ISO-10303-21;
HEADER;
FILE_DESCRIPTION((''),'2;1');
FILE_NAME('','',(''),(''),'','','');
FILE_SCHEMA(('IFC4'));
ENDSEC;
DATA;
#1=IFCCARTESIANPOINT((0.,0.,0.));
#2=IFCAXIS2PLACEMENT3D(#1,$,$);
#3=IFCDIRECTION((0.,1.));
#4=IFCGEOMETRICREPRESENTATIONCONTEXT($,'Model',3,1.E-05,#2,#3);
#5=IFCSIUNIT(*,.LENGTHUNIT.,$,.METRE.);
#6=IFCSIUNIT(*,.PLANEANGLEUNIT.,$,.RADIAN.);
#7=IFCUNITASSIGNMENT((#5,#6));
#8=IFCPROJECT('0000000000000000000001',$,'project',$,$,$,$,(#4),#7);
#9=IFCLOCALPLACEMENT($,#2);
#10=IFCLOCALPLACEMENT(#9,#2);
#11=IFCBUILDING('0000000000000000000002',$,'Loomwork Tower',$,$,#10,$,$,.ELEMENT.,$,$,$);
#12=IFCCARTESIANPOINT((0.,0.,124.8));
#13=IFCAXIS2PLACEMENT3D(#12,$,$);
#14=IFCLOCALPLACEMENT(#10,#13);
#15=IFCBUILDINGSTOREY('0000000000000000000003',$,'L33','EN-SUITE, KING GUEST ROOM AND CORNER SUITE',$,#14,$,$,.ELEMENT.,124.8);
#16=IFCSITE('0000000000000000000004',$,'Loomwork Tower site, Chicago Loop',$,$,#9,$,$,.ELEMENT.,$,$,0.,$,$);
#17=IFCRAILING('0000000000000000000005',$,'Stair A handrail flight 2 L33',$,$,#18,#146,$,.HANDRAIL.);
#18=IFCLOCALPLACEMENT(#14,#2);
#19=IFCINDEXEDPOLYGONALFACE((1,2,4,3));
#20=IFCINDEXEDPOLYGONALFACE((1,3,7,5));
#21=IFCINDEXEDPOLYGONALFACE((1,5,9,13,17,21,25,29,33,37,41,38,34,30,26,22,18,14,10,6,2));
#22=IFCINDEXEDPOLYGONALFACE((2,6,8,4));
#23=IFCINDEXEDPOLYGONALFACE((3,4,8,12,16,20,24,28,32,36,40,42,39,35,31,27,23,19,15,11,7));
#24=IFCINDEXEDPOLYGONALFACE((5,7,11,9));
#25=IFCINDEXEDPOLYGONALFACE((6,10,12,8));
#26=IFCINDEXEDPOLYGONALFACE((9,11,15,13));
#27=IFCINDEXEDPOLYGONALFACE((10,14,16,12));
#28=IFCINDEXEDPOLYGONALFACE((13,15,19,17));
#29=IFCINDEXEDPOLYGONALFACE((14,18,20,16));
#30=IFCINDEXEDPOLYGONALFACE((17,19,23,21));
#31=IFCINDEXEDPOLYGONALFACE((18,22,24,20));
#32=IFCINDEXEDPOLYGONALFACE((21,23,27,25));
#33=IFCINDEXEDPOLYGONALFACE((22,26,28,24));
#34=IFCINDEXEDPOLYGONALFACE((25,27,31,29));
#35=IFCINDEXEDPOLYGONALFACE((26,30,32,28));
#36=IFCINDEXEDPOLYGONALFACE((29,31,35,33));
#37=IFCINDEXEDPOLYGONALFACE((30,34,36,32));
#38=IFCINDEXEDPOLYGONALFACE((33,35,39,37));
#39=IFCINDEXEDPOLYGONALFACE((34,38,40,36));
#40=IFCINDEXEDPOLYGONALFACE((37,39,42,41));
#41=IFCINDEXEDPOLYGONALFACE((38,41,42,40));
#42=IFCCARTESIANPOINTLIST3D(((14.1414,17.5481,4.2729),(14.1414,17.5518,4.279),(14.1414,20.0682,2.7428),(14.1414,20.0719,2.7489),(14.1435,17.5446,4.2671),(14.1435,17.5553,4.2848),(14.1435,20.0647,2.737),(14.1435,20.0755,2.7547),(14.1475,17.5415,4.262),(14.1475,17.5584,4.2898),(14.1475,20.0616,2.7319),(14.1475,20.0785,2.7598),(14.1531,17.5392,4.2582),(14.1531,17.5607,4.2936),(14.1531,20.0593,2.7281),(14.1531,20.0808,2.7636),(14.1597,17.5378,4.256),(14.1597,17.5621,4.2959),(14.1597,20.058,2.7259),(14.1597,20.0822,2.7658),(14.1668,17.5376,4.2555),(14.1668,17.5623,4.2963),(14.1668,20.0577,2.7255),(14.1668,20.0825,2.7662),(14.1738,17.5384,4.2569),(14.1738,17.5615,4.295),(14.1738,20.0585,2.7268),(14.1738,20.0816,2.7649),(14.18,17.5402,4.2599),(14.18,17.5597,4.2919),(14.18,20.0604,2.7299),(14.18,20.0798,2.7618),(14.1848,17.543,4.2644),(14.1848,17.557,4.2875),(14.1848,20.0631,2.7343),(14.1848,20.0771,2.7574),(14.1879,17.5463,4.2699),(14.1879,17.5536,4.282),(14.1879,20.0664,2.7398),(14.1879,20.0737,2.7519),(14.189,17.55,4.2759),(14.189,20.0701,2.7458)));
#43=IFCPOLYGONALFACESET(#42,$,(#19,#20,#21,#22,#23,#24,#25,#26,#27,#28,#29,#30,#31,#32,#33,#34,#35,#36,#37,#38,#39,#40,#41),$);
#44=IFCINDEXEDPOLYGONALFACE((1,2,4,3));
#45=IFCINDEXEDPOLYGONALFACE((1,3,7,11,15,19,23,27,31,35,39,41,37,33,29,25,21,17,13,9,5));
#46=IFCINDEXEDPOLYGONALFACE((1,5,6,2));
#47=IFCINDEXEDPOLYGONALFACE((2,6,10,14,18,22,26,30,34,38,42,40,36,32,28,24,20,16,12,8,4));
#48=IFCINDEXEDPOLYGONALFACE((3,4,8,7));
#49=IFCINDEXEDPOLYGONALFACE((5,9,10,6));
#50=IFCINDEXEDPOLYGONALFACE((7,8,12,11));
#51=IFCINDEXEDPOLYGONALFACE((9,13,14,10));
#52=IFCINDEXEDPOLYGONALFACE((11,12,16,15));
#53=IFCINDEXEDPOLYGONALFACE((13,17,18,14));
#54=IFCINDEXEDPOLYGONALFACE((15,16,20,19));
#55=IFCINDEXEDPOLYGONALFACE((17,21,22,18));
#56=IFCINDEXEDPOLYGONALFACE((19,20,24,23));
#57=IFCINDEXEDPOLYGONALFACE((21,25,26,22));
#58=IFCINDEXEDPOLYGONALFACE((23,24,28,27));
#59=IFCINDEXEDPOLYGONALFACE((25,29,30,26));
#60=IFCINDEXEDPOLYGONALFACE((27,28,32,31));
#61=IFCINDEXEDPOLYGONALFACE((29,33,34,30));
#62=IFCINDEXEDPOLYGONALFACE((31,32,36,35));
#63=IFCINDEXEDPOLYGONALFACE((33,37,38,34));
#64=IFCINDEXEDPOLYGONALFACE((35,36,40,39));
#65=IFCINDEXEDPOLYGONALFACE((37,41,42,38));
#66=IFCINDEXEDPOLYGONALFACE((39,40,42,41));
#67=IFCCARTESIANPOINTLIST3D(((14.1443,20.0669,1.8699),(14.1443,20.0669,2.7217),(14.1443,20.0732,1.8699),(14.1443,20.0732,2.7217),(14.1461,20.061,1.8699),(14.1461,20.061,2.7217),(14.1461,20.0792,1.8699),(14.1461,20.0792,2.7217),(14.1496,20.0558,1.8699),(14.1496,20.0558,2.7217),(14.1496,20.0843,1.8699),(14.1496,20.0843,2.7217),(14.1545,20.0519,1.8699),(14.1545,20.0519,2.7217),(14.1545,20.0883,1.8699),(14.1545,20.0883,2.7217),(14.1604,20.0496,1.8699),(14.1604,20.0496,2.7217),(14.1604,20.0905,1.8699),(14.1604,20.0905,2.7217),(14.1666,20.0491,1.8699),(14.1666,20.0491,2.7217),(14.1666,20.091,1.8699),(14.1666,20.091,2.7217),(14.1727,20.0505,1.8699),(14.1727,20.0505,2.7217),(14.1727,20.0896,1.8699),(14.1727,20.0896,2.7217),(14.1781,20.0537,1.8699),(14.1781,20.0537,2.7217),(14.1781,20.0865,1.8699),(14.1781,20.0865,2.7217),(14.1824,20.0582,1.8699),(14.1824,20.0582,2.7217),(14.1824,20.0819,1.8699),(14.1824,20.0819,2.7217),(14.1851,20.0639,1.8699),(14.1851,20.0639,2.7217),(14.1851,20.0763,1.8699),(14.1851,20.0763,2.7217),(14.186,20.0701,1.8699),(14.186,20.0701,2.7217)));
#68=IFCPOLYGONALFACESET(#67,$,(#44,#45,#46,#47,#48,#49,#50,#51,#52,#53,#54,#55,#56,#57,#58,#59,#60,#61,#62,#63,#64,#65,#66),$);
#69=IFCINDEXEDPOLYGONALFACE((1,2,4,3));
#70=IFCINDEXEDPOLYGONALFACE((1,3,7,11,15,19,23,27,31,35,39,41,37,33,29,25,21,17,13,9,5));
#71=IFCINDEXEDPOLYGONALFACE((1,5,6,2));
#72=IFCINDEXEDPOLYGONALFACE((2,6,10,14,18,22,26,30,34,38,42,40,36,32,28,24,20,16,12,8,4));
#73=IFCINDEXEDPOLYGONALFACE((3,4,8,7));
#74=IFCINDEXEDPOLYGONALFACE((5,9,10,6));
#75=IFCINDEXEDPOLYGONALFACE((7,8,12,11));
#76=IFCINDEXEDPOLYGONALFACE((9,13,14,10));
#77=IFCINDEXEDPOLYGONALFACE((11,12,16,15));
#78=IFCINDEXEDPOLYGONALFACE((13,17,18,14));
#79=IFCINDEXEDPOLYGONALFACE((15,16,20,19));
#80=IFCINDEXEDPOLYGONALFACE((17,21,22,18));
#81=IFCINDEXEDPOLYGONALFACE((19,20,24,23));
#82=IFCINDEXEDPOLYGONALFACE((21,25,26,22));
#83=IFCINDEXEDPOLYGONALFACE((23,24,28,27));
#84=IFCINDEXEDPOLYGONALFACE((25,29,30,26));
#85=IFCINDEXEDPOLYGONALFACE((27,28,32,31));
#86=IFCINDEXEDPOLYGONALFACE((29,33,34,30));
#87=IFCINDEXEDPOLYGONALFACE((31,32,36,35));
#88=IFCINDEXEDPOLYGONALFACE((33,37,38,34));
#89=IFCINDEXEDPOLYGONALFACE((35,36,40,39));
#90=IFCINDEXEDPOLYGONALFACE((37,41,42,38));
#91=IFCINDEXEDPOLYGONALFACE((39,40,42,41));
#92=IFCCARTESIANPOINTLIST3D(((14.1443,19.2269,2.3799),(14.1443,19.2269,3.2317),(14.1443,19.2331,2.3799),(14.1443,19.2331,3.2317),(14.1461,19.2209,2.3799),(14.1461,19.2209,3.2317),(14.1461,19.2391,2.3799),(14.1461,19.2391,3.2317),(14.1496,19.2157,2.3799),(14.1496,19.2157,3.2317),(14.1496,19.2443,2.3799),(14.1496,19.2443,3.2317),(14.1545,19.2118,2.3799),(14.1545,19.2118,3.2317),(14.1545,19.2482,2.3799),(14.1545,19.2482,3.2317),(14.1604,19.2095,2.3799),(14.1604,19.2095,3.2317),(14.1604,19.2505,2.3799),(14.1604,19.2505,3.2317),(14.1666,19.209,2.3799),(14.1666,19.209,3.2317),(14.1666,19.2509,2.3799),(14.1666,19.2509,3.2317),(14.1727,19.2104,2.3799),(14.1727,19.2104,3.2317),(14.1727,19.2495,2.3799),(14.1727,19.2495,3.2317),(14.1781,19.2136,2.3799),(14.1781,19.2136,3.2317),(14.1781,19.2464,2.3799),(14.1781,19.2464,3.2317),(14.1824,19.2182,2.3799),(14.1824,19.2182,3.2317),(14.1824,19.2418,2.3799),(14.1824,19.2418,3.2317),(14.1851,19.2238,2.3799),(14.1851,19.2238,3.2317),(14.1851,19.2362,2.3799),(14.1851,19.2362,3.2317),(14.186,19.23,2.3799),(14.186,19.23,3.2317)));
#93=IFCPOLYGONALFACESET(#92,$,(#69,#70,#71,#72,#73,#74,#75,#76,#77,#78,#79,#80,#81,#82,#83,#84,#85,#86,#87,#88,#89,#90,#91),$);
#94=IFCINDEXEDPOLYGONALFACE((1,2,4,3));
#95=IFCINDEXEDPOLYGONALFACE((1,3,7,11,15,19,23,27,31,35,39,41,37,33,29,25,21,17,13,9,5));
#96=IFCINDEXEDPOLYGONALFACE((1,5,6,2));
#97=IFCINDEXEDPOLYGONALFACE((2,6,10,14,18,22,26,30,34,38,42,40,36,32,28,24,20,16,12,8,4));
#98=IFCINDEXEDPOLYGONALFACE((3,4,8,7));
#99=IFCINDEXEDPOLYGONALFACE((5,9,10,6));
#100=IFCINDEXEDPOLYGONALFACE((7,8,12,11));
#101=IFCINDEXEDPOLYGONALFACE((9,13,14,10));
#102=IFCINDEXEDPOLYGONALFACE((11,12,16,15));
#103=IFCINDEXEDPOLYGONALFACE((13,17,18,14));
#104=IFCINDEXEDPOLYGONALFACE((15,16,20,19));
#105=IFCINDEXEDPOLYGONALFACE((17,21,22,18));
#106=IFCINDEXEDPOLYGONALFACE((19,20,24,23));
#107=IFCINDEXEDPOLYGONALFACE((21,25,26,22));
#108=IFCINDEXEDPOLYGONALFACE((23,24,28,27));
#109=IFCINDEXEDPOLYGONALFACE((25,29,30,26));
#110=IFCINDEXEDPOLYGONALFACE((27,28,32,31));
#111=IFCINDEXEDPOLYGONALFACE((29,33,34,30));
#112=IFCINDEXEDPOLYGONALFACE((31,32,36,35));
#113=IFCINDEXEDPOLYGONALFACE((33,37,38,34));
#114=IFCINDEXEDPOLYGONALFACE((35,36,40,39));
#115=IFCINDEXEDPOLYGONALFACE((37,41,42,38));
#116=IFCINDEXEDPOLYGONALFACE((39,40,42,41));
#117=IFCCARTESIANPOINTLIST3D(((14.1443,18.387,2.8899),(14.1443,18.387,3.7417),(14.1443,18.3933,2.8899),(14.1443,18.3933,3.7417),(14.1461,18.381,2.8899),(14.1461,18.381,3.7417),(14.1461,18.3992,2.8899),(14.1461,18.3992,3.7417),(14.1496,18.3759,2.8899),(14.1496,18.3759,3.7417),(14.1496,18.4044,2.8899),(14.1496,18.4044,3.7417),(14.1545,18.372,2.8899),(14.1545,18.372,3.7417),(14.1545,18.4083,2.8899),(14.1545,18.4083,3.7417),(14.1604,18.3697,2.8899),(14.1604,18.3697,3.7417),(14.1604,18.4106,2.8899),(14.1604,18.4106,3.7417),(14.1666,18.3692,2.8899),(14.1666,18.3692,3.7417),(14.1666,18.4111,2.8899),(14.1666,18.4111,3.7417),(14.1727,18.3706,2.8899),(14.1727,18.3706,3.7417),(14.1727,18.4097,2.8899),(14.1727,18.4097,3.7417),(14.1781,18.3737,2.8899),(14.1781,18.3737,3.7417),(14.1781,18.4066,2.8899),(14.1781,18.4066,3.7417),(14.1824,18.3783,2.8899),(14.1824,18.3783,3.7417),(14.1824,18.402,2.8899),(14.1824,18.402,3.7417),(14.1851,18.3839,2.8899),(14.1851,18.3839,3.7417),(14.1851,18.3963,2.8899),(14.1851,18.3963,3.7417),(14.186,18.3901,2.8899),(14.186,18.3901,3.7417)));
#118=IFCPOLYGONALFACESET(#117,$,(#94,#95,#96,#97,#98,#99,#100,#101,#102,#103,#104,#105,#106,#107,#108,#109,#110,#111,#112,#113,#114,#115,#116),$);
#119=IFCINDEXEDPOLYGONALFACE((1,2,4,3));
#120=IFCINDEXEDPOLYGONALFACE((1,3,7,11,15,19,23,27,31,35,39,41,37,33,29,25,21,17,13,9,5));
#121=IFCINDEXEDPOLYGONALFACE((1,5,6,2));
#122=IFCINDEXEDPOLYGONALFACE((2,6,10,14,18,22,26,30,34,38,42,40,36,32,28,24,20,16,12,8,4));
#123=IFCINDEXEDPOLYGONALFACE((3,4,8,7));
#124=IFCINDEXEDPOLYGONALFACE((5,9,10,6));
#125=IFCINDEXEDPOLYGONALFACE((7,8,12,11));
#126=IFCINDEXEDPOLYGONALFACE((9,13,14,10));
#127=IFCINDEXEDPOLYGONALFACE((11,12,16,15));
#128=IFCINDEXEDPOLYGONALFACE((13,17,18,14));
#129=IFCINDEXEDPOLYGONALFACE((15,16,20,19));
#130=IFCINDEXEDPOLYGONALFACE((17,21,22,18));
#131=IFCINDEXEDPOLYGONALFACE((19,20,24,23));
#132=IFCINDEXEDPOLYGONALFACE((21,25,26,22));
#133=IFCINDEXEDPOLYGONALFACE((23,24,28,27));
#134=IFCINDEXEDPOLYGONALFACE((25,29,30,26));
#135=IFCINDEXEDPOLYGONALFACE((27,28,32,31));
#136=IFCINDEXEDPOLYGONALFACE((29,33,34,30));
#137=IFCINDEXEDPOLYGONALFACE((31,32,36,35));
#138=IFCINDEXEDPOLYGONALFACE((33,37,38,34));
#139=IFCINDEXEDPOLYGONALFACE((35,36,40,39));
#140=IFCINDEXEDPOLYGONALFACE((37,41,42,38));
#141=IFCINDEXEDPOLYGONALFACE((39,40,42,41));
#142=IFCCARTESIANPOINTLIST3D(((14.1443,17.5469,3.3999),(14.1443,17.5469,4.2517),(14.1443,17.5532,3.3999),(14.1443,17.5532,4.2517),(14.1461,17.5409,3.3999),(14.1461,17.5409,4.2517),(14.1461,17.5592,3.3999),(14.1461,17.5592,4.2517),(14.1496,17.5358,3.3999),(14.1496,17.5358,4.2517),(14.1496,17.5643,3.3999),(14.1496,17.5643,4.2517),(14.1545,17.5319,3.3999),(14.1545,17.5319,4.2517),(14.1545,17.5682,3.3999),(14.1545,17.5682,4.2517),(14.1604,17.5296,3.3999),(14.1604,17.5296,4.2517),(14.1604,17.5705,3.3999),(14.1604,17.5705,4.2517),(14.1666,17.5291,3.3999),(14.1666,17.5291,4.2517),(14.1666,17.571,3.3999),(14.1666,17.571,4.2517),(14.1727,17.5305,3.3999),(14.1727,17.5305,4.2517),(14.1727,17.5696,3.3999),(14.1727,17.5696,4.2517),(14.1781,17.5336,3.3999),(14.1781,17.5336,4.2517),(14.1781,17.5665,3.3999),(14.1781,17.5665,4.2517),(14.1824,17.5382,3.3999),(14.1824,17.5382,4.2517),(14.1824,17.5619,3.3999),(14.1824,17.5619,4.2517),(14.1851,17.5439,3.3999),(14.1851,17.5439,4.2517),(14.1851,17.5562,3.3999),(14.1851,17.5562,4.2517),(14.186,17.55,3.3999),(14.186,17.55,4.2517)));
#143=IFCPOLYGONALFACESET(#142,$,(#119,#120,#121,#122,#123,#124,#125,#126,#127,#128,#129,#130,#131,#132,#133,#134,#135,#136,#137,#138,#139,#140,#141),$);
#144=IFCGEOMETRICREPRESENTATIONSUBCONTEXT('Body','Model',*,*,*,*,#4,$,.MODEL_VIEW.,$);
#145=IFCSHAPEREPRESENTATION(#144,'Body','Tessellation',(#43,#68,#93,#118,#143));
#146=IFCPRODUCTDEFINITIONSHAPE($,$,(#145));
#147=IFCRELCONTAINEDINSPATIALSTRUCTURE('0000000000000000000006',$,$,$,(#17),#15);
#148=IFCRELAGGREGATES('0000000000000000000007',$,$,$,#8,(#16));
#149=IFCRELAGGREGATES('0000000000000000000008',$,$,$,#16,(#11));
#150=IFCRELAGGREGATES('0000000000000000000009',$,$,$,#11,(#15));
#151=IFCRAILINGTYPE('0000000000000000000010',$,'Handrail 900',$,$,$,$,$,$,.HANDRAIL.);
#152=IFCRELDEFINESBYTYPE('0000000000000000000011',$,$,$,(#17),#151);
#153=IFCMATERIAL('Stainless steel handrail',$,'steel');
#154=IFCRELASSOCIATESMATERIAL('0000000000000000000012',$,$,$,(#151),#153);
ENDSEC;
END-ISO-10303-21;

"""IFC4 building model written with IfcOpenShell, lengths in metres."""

from ifc_helpers import new_model, si_unit, direction, frame, origin, origin_2d, place, context, subcontext, project, spatial, circle, extrude, material, type_object, element, save


model = new_model("IFC4")

# Units and contexts
model_context = context("Model", 3, precision=1e-05, world=origin(), true_north=direction((0.0, 1.0)))
body_context = subcontext(model_context, "Body", "Model", "MODEL_VIEW")
ifc_project = project(units=[si_unit("LENGTHUNIT", "METRE"), si_unit("PLANEANGLEUNIT", "RADIAN")], contexts=[model_context])

# Site, building, storey
site_placement = place(None, origin())
site = spatial("IfcSite", under=ifc_project, at=site_placement, Name="Loomwork Tower site, Chicago Loop", CompositionType="ELEMENT", RefElevation=0.0)
building_placement = place(site_placement, origin())
building = spatial("IfcBuilding", under=site, at=building_placement, Name="Loomwork Tower", CompositionType="ELEMENT")
storey_placement = place(building_placement, frame((0.0, 0.0, 124.8)))
storey = spatial("IfcBuildingStorey", under=building, at=storey_placement, Name="L33", Description="EN-SUITE, KING GUEST ROOM AND CORNER SUITE", CompositionType="ELEMENT", Elevation=124.8)

# Railing
ifc_material_1 = material(Name="Stainless steel handrail", Category="steel")
railing_type = type_object("IfcRailingType", Name="Handrail 900", PredefinedType="HANDRAIL", material=ifc_material_1)
railing_1_placement = place(storey_placement, frame((14.165, 20.0701, 1.8699)))
element("IfcRailing", 1, at=railing_1_placement, inside=storey, type_object=railing_type, Name="Stair A handrail flight 2 L33", PredefinedType="HANDRAIL", context=body_context, shape_type="SweptSolid", body=[
    extrude(circle(Radius=0.0239, at=origin_2d()), frame((0.0, 0.0, 0.876), z_axis=(0.0, -0.854785, 0.518982), x_axis=(1.0, 0.0, 0.0)), (0.0, 0.0, 1.0), 2.9482),
    extrude(circle(Radius=0.021, at=origin_2d()), origin(), (0.0, 0.0, 1.0), 0.8518),
    extrude(circle(Radius=0.021, at=origin_2d()), frame((0.0, -0.8401, 0.51)), (0.0, 0.0, 1.0), 0.8518),
    extrude(circle(Radius=0.021, at=origin_2d()), frame((0.0, -1.6799, 1.02)), (0.0, 0.0, 1.0), 0.8518),
    extrude(circle(Radius=0.021, at=origin_2d()), frame((0.0, -2.52, 1.53)), (0.0, 0.0, 1.0), 0.8518),
])

save(model, "model.ifc")
